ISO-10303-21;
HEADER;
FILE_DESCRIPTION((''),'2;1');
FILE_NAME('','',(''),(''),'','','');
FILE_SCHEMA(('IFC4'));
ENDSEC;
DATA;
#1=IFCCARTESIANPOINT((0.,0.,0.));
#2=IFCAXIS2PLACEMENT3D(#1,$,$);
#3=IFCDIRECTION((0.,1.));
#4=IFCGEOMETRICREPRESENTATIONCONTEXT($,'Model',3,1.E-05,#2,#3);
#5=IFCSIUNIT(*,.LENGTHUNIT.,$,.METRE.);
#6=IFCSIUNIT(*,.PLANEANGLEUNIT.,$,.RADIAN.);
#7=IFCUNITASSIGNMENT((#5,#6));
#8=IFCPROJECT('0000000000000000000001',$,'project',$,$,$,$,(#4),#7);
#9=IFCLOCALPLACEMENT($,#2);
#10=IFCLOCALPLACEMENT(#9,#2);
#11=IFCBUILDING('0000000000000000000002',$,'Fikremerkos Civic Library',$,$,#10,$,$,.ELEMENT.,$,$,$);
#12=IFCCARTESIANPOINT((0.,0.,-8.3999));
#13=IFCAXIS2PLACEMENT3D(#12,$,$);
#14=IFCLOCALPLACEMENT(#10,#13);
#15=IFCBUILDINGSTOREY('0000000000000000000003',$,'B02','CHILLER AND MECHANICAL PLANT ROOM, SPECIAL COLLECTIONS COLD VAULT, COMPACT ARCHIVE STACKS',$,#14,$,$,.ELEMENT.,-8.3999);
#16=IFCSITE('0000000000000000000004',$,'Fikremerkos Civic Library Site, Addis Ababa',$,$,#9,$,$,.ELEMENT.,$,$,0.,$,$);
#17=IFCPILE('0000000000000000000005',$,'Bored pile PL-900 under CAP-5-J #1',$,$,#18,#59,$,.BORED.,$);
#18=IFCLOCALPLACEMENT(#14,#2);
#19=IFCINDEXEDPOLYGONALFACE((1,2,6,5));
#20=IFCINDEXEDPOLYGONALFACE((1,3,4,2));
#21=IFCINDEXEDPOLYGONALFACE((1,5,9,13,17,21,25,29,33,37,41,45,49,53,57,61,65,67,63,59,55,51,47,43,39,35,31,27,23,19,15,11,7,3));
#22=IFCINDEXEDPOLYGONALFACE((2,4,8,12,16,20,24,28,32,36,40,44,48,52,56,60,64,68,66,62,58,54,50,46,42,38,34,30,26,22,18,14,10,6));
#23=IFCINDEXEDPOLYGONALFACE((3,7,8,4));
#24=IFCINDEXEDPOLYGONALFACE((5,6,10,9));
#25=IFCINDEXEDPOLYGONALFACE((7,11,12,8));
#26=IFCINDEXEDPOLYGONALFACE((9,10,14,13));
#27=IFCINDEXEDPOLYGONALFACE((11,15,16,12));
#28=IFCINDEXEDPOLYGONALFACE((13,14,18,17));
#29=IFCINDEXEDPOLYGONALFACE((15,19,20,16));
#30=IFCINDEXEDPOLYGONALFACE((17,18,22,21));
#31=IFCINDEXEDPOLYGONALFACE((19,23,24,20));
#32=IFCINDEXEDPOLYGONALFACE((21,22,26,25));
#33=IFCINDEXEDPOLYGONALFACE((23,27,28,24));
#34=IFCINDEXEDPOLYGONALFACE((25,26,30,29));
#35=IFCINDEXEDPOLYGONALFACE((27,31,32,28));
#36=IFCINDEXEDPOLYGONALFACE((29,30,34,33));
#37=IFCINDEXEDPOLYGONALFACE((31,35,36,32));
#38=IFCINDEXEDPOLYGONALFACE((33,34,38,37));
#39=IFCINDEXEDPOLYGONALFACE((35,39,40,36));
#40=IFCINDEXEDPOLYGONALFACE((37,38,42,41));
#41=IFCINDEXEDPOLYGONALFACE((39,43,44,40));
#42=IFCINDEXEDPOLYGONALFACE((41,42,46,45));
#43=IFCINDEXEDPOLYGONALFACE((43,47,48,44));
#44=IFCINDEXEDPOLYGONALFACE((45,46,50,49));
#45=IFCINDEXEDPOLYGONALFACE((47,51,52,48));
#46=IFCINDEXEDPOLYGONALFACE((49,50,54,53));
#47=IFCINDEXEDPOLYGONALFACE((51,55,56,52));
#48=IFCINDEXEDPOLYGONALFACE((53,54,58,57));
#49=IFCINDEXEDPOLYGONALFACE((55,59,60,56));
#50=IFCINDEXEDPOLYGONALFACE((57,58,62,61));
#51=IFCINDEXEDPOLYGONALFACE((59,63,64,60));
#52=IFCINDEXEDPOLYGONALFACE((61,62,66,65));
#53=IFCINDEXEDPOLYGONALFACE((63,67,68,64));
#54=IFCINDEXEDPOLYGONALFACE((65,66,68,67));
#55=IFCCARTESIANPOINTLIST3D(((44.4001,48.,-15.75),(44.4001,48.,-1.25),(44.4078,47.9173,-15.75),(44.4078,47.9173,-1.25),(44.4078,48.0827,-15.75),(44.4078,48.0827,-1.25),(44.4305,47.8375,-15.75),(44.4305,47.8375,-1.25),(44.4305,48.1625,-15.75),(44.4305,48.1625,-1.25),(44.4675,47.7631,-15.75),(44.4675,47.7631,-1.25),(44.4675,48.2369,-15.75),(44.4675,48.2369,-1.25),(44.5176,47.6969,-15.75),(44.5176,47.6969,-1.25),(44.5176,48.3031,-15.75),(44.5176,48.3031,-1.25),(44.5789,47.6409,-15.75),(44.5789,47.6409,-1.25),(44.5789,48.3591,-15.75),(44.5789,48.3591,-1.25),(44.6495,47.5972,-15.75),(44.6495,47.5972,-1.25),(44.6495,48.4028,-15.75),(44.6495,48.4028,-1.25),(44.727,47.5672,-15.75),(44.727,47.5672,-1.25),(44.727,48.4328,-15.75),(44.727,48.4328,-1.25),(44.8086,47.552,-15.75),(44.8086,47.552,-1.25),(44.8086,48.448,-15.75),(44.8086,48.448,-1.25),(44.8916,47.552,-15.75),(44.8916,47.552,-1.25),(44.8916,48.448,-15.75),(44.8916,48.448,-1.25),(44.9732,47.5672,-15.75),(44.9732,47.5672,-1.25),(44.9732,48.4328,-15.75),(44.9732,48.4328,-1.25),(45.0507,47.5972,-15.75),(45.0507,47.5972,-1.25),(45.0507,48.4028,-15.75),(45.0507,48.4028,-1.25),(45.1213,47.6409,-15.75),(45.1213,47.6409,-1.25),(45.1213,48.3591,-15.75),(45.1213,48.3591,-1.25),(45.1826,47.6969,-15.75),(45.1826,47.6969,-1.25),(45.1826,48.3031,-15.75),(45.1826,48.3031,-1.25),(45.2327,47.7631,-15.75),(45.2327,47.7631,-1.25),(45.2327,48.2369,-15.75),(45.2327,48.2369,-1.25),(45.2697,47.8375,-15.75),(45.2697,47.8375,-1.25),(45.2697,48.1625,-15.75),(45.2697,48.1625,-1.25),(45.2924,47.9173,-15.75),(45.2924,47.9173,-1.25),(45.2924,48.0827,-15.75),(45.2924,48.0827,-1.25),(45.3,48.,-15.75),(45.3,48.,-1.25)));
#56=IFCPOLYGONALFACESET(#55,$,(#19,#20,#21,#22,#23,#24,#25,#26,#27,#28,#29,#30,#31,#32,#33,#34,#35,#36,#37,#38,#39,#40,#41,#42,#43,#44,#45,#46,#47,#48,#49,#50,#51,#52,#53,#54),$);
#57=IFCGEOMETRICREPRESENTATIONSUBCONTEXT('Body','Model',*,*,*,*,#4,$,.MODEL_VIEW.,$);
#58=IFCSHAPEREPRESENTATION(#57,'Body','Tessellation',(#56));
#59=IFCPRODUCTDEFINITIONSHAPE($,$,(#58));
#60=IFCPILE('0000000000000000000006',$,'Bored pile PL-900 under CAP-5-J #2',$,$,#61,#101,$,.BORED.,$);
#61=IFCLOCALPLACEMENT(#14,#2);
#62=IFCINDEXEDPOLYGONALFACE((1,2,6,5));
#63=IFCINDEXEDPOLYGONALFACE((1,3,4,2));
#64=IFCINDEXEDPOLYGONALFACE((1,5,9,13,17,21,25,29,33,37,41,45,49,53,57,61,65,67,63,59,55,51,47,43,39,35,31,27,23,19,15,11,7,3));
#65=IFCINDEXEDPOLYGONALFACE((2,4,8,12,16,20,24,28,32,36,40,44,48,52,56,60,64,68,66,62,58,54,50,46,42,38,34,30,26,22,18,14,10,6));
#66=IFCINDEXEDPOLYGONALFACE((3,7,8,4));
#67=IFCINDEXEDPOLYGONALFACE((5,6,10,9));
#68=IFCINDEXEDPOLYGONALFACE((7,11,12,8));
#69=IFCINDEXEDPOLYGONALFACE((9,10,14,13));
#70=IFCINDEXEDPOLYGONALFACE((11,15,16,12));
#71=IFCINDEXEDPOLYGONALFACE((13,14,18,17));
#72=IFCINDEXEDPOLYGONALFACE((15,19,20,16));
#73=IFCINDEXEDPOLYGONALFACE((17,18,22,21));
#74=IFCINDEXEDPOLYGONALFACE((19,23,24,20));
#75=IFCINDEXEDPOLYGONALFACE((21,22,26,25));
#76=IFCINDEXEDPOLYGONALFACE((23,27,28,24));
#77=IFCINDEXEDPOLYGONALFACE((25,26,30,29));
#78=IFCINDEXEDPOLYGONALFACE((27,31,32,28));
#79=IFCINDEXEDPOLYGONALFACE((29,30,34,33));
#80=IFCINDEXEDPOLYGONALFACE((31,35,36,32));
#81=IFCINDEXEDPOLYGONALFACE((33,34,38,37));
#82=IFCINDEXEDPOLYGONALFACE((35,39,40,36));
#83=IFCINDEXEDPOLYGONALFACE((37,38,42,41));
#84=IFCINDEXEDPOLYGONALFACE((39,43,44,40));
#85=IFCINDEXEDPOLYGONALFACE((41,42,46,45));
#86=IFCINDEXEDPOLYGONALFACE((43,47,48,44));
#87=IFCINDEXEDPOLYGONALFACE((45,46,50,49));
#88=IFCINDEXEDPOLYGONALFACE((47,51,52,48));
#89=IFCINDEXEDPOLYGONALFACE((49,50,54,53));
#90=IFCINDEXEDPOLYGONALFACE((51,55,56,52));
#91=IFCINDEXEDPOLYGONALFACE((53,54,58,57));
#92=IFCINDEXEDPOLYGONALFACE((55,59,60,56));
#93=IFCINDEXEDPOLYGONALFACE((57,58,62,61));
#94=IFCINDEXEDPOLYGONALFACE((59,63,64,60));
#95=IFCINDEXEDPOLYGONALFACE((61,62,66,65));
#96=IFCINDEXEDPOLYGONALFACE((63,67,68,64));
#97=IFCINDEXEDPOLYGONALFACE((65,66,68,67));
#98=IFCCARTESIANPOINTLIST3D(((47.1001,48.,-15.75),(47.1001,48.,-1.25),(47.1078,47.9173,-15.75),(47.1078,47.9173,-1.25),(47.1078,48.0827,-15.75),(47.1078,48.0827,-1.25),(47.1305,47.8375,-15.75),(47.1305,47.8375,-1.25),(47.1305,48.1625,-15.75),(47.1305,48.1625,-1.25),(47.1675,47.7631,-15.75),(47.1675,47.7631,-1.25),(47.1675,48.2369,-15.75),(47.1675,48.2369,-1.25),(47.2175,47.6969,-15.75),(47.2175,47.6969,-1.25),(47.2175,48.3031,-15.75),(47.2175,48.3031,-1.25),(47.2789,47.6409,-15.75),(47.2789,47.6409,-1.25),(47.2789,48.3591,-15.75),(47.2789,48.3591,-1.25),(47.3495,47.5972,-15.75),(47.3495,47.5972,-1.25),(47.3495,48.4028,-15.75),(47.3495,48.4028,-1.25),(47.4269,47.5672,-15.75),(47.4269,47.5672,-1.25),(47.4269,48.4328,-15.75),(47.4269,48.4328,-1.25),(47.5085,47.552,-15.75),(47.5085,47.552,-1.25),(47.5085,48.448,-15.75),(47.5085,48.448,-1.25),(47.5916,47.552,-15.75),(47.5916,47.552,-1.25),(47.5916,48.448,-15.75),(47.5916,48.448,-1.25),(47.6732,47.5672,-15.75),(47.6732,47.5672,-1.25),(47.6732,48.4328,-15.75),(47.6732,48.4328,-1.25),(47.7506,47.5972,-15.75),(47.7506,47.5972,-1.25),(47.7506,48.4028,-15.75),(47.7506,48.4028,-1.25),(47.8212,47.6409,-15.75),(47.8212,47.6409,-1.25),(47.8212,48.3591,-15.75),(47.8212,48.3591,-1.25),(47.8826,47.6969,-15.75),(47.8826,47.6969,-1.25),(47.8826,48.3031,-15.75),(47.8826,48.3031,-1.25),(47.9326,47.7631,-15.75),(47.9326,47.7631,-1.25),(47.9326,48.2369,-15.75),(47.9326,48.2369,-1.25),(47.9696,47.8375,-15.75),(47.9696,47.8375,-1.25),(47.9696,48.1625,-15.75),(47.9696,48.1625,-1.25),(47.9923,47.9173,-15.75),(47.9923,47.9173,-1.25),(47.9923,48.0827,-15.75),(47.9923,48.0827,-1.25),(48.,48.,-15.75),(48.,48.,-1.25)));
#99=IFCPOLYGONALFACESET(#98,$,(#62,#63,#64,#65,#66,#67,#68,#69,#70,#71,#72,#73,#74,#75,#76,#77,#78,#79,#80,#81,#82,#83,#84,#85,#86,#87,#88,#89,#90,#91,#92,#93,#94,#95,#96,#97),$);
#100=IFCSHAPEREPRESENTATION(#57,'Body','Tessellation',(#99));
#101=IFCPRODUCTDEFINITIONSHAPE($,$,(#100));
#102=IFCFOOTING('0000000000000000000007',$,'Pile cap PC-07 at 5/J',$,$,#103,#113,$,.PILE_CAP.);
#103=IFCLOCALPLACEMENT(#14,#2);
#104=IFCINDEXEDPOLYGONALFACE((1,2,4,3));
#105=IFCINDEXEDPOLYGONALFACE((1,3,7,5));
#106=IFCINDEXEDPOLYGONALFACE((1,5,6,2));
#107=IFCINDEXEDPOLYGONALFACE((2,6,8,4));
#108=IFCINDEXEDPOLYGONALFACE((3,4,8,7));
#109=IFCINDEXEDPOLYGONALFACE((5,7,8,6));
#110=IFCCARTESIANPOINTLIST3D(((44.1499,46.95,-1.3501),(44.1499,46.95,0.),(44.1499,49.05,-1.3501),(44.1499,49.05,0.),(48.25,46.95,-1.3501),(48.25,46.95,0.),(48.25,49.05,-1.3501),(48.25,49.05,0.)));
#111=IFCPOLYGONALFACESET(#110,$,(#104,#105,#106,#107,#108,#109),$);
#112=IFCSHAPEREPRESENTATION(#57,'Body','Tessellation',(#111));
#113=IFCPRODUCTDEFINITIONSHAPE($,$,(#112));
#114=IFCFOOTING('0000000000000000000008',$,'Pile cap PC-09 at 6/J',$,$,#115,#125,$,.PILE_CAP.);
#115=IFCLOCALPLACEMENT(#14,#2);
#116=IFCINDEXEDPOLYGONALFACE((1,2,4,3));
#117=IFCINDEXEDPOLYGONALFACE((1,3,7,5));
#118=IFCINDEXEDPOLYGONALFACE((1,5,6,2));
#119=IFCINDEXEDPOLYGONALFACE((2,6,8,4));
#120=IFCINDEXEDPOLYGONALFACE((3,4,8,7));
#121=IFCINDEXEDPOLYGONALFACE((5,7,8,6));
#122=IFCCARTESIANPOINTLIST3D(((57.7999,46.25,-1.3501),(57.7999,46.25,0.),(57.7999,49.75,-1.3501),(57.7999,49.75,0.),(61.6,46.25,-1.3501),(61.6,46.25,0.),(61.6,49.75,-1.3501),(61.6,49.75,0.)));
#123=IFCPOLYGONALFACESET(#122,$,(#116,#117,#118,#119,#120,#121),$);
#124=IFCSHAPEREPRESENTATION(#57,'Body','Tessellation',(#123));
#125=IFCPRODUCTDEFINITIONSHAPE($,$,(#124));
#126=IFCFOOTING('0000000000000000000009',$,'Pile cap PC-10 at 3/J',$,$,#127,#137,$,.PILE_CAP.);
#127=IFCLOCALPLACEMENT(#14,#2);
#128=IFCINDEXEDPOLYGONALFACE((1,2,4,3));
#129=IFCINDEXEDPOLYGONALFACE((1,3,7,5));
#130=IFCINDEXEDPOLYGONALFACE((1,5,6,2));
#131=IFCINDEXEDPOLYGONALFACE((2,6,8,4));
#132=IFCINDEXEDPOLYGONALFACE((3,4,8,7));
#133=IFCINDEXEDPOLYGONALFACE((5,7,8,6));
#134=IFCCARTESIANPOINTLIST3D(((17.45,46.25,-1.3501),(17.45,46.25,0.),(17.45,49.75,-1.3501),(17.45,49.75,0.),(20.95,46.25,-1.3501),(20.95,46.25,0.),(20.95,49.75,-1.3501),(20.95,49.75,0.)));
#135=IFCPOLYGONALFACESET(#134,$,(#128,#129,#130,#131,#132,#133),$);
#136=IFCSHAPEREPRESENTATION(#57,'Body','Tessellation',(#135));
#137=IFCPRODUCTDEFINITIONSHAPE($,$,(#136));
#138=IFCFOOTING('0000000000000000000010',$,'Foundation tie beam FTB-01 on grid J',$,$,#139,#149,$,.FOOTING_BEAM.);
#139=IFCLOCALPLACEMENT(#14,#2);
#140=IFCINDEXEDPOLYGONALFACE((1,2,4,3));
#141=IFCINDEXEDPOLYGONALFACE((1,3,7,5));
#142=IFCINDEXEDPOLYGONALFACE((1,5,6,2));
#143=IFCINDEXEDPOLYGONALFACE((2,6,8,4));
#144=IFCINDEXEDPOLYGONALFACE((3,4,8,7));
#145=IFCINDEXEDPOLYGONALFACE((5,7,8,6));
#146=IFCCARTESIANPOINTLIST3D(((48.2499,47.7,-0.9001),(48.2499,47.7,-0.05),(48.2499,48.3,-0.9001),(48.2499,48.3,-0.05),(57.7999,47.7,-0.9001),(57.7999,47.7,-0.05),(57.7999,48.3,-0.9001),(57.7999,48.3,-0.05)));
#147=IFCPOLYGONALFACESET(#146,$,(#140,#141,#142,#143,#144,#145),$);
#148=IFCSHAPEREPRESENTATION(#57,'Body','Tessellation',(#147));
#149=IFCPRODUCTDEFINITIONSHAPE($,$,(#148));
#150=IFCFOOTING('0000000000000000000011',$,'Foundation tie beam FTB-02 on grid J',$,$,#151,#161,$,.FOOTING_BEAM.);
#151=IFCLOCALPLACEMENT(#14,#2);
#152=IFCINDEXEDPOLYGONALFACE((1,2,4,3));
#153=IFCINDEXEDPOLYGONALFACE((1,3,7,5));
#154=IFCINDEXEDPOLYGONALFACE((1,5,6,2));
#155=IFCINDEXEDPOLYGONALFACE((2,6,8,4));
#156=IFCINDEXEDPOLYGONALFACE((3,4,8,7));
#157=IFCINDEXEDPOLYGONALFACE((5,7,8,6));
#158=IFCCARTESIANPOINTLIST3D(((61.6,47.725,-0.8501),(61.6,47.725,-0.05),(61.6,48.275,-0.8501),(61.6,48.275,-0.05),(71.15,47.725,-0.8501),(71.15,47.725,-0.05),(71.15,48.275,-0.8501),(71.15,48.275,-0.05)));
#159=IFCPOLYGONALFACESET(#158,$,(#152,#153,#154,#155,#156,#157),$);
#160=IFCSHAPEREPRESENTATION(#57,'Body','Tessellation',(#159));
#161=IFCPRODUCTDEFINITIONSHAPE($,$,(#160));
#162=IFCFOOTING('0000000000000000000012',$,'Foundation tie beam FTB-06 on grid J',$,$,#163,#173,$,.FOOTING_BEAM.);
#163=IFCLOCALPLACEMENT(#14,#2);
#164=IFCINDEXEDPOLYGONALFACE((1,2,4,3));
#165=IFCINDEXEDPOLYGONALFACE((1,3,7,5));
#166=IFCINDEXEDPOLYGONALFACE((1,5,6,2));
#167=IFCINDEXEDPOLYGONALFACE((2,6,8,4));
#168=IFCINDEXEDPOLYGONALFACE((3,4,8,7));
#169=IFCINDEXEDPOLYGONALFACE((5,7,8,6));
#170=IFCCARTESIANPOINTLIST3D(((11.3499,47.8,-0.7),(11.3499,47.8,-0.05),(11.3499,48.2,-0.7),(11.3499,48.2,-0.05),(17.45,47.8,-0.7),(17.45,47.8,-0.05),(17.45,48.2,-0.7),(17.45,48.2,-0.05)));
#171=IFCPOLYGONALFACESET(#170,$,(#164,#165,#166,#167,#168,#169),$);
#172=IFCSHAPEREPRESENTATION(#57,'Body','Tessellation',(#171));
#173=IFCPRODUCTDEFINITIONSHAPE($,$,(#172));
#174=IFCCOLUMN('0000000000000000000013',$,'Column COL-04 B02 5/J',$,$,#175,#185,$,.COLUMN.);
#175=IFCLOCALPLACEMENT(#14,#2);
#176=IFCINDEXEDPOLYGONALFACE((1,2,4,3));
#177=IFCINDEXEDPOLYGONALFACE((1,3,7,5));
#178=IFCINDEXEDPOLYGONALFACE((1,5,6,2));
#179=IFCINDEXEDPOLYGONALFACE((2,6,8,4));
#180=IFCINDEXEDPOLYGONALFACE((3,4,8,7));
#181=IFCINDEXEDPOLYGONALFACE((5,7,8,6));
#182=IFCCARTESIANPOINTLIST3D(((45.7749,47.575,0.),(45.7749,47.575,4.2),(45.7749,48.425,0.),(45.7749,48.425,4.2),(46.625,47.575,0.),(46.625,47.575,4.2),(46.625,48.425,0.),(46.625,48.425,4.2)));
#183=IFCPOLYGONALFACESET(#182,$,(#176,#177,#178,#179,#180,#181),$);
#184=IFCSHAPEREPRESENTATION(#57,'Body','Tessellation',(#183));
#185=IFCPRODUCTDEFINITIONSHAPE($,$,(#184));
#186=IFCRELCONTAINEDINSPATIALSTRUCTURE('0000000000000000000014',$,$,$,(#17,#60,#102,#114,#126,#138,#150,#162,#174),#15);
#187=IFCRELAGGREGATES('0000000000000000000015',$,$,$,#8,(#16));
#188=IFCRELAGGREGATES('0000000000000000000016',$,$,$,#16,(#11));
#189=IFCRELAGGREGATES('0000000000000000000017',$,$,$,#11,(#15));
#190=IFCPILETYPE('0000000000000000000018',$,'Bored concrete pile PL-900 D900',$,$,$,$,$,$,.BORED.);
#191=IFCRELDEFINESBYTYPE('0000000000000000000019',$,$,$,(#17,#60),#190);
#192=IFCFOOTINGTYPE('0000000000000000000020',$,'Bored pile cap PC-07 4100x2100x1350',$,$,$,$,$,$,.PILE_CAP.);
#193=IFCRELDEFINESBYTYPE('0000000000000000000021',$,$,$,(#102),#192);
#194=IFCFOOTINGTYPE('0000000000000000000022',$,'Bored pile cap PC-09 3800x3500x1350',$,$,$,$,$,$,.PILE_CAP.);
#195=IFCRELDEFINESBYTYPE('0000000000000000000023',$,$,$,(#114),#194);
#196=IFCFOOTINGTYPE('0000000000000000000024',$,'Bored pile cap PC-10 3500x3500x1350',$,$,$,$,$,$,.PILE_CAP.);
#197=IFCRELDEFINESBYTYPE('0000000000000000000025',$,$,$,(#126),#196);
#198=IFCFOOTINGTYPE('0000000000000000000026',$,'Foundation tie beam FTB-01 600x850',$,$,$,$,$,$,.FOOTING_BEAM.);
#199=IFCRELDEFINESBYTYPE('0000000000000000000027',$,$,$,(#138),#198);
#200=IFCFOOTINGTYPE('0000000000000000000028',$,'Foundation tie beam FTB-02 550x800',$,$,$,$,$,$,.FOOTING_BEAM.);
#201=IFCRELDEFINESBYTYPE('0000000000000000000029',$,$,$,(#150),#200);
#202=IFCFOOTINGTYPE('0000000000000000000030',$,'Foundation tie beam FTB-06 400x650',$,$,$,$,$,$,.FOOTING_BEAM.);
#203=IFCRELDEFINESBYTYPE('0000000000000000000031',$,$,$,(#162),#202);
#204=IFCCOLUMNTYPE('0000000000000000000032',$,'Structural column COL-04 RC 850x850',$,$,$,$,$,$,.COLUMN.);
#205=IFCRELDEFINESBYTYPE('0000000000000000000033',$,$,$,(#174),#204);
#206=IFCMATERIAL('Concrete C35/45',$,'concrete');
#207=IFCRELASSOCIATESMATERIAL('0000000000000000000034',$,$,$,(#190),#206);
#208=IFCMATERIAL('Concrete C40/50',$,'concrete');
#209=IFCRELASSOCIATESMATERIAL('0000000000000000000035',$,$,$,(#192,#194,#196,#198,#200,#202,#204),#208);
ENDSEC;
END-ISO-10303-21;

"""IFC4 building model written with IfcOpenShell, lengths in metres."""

from ifc_helpers import new_model, si_unit, direction, frame, origin, origin_2d, place, context, subcontext, project, spatial, rectangle, circle, extrude, material, material_profile, profile_set, type_object, element, save


model = new_model("IFC4")

# Units and contexts
model_context = context("Model", 3, precision=1e-05, world=origin(), true_north=direction((0.0, 1.0)))
body_context = subcontext(model_context, "Body", "Model", "MODEL_VIEW")
ifc_project = project(units=[si_unit("LENGTHUNIT", "METRE"), si_unit("PLANEANGLEUNIT", "RADIAN")], contexts=[model_context])

# Site, building, storey
site_placement = place(None, origin())
site = spatial("IfcSite", under=ifc_project, at=site_placement, Name="Fikremerkos Civic Library Site, Addis Ababa", CompositionType="ELEMENT", RefElevation=0.0)
building_placement = place(site_placement, origin())
building = spatial("IfcBuilding", under=site, at=building_placement, Name="Fikremerkos Civic Library", CompositionType="ELEMENT")
storey_placement = place(building_placement, frame((0.0, 0.0, -8.3999)))
storey = spatial("IfcBuildingStorey", under=building, at=storey_placement, Name="B02", Description="CHILLER AND MECHANICAL PLANT ROOM, SPECIAL COLLECTIONS COLD VAULT, COMPACT ARCHIVE STACKS", CompositionType="ELEMENT", Elevation=-8.3999)

# Piles
ifc_material_1 = material(Name="Concrete C35/45", Category="concrete")
ifc_material_profile_1 = material_profile(ifc_material_1, circle(Radius=0.45, at=origin_2d()), Name="BORED PILE 900")
ifc_profile_set_1 = profile_set([ifc_material_profile_1], Name="Concrete C35/45")
pile_type_1 = type_object("IfcPileType", Name="Bored concrete pile PL-900 D900", PredefinedType="BORED", material=ifc_profile_set_1)
for number, where, z_axis, x_axis, name in (
    (1, (44.8501, 48.0, -1.25), (0.0, 0.0, -1.0), (1.0, 0.0, 0.0), "Bored pile PL-900 under CAP-5-J #1"),
    (2, (47.55, 48.0, -1.25), (0.0, 0.0, -1.0), (1.0, 0.0, 0.0), "Bored pile PL-900 under CAP-5-J #2"),
):
    element("IfcPile", number, at=place(storey_placement, frame(where, z_axis=z_axis, x_axis=x_axis)), inside=storey, type_object=pile_type_1, Name=name, PredefinedType="BORED", context=body_context, shape_type="SweptSolid", body=[
        extrude(circle(Radius=0.45, at=origin_2d()), origin(), (0.0, 0.0, 1.0), 14.5),
    ])

# Footings
ifc_material_2 = material(Name="Concrete C40/50", Category="concrete")
footing_type_1 = type_object("IfcFootingType", Name="Bored pile cap PC-07 4100x2100x1350", PredefinedType="PILE_CAP", material=ifc_material_2)
footing_1_placement = place(storey_placement, frame((46.2, 48.0, -1.3501), z_axis=(0.0, 0.0, 1.0), x_axis=(1.0, 0.0, 0.0)))
element("IfcFooting", 3, at=footing_1_placement, inside=storey, type_object=footing_type_1, Name="Pile cap PC-07 at 5/J", PredefinedType="PILE_CAP", context=body_context, shape_type="SweptSolid", body=[
    extrude(rectangle(XDim=4.1001, YDim=2.1001, at=origin_2d()), origin(), (0.0, 0.0, 1.0), 1.3501),
])
footing_type_2 = type_object("IfcFootingType", Name="Bored pile cap PC-09 3800x3500x1350", PredefinedType="PILE_CAP", material=ifc_material_2)
footing_2_placement = place(storey_placement, frame((59.7, 48.0, -1.3501), z_axis=(0.0, 0.0, 1.0), x_axis=(1.0, 0.0, 0.0)))
element("IfcFooting", 4, at=footing_2_placement, inside=storey, type_object=footing_type_2, Name="Pile cap PC-09 at 6/J", PredefinedType="PILE_CAP", context=body_context, shape_type="SweptSolid", body=[
    extrude(rectangle(XDim=3.8, YDim=3.5, at=origin_2d()), origin(), (0.0, 0.0, 1.0), 1.3501),
])
footing_type_3 = type_object("IfcFootingType", Name="Bored pile cap PC-10 3500x3500x1350", PredefinedType="PILE_CAP", material=ifc_material_2)
footing_3_placement = place(storey_placement, frame((19.2, 48.0, -1.3501), z_axis=(0.0, 0.0, 1.0), x_axis=(1.0, 0.0, 0.0)))
element("IfcFooting", 5, at=footing_3_placement, inside=storey, type_object=footing_type_3, Name="Pile cap PC-10 at 3/J", PredefinedType="PILE_CAP", context=body_context, shape_type="SweptSolid", body=[
    extrude(rectangle(XDim=3.5, YDim=3.5, at=origin_2d()), origin(), (0.0, 0.0, 1.0), 1.3501),
])
footing_type_4 = type_object("IfcFootingType", Name="Foundation tie beam FTB-01 600x850", PredefinedType="FOOTING_BEAM", material=ifc_material_2)
footing_4_placement = place(storey_placement, frame((53.0249, 48.0, -0.9001), z_axis=(0.0, 0.0, 1.0), x_axis=(1.0, 0.0, 0.0)))
element("IfcFooting", 6, at=footing_4_placement, inside=storey, type_object=footing_type_4, Name="Foundation tie beam FTB-01 on grid J", PredefinedType="FOOTING_BEAM", context=body_context, shape_type="SweptSolid", body=[
    extrude(rectangle(XDim=9.55, YDim=0.6001, at=origin_2d()), origin(), (0.0, 0.0, 1.0), 0.8501),
])
footing_type_5 = type_object("IfcFootingType", Name="Foundation tie beam FTB-02 550x800", PredefinedType="FOOTING_BEAM", material=ifc_material_2)
footing_5_placement = place(storey_placement, frame((66.375, 48.0, -0.8501), z_axis=(0.0, 0.0, 1.0), x_axis=(1.0, 0.0, 0.0)))
element("IfcFooting", 7, at=footing_5_placement, inside=storey, type_object=footing_type_5, Name="Foundation tie beam FTB-02 on grid J", PredefinedType="FOOTING_BEAM", context=body_context, shape_type="SweptSolid", body=[
    extrude(rectangle(XDim=9.55, YDim=0.55, at=origin_2d()), origin(), (0.0, 0.0, 1.0), 0.8),
])
footing_type_6 = type_object("IfcFootingType", Name="Foundation tie beam FTB-06 400x650", PredefinedType="FOOTING_BEAM", material=ifc_material_2)
footing_6_placement = place(storey_placement, frame((14.3999, 48.0, -0.7), z_axis=(0.0, 0.0, 1.0), x_axis=(1.0, 0.0, 0.0)))
element("IfcFooting", 8, at=footing_6_placement, inside=storey, type_object=footing_type_6, Name="Foundation tie beam FTB-06 on grid J", PredefinedType="FOOTING_BEAM", context=body_context, shape_type="SweptSolid", body=[
    extrude(rectangle(XDim=6.1001, YDim=0.3999, at=origin_2d()), origin(), (0.0, 0.0, 1.0), 0.6499),
])

# Column
ifc_material_profile_2 = material_profile(ifc_material_2, rectangle(XDim=0.8501, YDim=0.8501, at=origin_2d()), Name="RC 850x850")
ifc_profile_set_2 = profile_set([ifc_material_profile_2], Name="Concrete C40/50")
column_type_1 = type_object("IfcColumnType", Name="Structural column COL-04 RC 850x850", PredefinedType="COLUMN", material=ifc_profile_set_2)
column_1_placement = place(storey_placement, frame((46.2, 48.0, 0.0), z_axis=(0.0, 0.0, 1.0), x_axis=(1.0, 0.0, 0.0)))
element("IfcColumn", 9, at=column_1_placement, inside=storey, type_object=column_type_1, Name="Column COL-04 B02 5/J", PredefinedType="COLUMN", context=body_context, shape_type="SweptSolid", body=[
    extrude(rectangle(XDim=0.8501, YDim=0.8501, at=origin_2d()), origin(), (0.0, 0.0, 1.0), 4.2),
])

save(model, "model.ifc")
